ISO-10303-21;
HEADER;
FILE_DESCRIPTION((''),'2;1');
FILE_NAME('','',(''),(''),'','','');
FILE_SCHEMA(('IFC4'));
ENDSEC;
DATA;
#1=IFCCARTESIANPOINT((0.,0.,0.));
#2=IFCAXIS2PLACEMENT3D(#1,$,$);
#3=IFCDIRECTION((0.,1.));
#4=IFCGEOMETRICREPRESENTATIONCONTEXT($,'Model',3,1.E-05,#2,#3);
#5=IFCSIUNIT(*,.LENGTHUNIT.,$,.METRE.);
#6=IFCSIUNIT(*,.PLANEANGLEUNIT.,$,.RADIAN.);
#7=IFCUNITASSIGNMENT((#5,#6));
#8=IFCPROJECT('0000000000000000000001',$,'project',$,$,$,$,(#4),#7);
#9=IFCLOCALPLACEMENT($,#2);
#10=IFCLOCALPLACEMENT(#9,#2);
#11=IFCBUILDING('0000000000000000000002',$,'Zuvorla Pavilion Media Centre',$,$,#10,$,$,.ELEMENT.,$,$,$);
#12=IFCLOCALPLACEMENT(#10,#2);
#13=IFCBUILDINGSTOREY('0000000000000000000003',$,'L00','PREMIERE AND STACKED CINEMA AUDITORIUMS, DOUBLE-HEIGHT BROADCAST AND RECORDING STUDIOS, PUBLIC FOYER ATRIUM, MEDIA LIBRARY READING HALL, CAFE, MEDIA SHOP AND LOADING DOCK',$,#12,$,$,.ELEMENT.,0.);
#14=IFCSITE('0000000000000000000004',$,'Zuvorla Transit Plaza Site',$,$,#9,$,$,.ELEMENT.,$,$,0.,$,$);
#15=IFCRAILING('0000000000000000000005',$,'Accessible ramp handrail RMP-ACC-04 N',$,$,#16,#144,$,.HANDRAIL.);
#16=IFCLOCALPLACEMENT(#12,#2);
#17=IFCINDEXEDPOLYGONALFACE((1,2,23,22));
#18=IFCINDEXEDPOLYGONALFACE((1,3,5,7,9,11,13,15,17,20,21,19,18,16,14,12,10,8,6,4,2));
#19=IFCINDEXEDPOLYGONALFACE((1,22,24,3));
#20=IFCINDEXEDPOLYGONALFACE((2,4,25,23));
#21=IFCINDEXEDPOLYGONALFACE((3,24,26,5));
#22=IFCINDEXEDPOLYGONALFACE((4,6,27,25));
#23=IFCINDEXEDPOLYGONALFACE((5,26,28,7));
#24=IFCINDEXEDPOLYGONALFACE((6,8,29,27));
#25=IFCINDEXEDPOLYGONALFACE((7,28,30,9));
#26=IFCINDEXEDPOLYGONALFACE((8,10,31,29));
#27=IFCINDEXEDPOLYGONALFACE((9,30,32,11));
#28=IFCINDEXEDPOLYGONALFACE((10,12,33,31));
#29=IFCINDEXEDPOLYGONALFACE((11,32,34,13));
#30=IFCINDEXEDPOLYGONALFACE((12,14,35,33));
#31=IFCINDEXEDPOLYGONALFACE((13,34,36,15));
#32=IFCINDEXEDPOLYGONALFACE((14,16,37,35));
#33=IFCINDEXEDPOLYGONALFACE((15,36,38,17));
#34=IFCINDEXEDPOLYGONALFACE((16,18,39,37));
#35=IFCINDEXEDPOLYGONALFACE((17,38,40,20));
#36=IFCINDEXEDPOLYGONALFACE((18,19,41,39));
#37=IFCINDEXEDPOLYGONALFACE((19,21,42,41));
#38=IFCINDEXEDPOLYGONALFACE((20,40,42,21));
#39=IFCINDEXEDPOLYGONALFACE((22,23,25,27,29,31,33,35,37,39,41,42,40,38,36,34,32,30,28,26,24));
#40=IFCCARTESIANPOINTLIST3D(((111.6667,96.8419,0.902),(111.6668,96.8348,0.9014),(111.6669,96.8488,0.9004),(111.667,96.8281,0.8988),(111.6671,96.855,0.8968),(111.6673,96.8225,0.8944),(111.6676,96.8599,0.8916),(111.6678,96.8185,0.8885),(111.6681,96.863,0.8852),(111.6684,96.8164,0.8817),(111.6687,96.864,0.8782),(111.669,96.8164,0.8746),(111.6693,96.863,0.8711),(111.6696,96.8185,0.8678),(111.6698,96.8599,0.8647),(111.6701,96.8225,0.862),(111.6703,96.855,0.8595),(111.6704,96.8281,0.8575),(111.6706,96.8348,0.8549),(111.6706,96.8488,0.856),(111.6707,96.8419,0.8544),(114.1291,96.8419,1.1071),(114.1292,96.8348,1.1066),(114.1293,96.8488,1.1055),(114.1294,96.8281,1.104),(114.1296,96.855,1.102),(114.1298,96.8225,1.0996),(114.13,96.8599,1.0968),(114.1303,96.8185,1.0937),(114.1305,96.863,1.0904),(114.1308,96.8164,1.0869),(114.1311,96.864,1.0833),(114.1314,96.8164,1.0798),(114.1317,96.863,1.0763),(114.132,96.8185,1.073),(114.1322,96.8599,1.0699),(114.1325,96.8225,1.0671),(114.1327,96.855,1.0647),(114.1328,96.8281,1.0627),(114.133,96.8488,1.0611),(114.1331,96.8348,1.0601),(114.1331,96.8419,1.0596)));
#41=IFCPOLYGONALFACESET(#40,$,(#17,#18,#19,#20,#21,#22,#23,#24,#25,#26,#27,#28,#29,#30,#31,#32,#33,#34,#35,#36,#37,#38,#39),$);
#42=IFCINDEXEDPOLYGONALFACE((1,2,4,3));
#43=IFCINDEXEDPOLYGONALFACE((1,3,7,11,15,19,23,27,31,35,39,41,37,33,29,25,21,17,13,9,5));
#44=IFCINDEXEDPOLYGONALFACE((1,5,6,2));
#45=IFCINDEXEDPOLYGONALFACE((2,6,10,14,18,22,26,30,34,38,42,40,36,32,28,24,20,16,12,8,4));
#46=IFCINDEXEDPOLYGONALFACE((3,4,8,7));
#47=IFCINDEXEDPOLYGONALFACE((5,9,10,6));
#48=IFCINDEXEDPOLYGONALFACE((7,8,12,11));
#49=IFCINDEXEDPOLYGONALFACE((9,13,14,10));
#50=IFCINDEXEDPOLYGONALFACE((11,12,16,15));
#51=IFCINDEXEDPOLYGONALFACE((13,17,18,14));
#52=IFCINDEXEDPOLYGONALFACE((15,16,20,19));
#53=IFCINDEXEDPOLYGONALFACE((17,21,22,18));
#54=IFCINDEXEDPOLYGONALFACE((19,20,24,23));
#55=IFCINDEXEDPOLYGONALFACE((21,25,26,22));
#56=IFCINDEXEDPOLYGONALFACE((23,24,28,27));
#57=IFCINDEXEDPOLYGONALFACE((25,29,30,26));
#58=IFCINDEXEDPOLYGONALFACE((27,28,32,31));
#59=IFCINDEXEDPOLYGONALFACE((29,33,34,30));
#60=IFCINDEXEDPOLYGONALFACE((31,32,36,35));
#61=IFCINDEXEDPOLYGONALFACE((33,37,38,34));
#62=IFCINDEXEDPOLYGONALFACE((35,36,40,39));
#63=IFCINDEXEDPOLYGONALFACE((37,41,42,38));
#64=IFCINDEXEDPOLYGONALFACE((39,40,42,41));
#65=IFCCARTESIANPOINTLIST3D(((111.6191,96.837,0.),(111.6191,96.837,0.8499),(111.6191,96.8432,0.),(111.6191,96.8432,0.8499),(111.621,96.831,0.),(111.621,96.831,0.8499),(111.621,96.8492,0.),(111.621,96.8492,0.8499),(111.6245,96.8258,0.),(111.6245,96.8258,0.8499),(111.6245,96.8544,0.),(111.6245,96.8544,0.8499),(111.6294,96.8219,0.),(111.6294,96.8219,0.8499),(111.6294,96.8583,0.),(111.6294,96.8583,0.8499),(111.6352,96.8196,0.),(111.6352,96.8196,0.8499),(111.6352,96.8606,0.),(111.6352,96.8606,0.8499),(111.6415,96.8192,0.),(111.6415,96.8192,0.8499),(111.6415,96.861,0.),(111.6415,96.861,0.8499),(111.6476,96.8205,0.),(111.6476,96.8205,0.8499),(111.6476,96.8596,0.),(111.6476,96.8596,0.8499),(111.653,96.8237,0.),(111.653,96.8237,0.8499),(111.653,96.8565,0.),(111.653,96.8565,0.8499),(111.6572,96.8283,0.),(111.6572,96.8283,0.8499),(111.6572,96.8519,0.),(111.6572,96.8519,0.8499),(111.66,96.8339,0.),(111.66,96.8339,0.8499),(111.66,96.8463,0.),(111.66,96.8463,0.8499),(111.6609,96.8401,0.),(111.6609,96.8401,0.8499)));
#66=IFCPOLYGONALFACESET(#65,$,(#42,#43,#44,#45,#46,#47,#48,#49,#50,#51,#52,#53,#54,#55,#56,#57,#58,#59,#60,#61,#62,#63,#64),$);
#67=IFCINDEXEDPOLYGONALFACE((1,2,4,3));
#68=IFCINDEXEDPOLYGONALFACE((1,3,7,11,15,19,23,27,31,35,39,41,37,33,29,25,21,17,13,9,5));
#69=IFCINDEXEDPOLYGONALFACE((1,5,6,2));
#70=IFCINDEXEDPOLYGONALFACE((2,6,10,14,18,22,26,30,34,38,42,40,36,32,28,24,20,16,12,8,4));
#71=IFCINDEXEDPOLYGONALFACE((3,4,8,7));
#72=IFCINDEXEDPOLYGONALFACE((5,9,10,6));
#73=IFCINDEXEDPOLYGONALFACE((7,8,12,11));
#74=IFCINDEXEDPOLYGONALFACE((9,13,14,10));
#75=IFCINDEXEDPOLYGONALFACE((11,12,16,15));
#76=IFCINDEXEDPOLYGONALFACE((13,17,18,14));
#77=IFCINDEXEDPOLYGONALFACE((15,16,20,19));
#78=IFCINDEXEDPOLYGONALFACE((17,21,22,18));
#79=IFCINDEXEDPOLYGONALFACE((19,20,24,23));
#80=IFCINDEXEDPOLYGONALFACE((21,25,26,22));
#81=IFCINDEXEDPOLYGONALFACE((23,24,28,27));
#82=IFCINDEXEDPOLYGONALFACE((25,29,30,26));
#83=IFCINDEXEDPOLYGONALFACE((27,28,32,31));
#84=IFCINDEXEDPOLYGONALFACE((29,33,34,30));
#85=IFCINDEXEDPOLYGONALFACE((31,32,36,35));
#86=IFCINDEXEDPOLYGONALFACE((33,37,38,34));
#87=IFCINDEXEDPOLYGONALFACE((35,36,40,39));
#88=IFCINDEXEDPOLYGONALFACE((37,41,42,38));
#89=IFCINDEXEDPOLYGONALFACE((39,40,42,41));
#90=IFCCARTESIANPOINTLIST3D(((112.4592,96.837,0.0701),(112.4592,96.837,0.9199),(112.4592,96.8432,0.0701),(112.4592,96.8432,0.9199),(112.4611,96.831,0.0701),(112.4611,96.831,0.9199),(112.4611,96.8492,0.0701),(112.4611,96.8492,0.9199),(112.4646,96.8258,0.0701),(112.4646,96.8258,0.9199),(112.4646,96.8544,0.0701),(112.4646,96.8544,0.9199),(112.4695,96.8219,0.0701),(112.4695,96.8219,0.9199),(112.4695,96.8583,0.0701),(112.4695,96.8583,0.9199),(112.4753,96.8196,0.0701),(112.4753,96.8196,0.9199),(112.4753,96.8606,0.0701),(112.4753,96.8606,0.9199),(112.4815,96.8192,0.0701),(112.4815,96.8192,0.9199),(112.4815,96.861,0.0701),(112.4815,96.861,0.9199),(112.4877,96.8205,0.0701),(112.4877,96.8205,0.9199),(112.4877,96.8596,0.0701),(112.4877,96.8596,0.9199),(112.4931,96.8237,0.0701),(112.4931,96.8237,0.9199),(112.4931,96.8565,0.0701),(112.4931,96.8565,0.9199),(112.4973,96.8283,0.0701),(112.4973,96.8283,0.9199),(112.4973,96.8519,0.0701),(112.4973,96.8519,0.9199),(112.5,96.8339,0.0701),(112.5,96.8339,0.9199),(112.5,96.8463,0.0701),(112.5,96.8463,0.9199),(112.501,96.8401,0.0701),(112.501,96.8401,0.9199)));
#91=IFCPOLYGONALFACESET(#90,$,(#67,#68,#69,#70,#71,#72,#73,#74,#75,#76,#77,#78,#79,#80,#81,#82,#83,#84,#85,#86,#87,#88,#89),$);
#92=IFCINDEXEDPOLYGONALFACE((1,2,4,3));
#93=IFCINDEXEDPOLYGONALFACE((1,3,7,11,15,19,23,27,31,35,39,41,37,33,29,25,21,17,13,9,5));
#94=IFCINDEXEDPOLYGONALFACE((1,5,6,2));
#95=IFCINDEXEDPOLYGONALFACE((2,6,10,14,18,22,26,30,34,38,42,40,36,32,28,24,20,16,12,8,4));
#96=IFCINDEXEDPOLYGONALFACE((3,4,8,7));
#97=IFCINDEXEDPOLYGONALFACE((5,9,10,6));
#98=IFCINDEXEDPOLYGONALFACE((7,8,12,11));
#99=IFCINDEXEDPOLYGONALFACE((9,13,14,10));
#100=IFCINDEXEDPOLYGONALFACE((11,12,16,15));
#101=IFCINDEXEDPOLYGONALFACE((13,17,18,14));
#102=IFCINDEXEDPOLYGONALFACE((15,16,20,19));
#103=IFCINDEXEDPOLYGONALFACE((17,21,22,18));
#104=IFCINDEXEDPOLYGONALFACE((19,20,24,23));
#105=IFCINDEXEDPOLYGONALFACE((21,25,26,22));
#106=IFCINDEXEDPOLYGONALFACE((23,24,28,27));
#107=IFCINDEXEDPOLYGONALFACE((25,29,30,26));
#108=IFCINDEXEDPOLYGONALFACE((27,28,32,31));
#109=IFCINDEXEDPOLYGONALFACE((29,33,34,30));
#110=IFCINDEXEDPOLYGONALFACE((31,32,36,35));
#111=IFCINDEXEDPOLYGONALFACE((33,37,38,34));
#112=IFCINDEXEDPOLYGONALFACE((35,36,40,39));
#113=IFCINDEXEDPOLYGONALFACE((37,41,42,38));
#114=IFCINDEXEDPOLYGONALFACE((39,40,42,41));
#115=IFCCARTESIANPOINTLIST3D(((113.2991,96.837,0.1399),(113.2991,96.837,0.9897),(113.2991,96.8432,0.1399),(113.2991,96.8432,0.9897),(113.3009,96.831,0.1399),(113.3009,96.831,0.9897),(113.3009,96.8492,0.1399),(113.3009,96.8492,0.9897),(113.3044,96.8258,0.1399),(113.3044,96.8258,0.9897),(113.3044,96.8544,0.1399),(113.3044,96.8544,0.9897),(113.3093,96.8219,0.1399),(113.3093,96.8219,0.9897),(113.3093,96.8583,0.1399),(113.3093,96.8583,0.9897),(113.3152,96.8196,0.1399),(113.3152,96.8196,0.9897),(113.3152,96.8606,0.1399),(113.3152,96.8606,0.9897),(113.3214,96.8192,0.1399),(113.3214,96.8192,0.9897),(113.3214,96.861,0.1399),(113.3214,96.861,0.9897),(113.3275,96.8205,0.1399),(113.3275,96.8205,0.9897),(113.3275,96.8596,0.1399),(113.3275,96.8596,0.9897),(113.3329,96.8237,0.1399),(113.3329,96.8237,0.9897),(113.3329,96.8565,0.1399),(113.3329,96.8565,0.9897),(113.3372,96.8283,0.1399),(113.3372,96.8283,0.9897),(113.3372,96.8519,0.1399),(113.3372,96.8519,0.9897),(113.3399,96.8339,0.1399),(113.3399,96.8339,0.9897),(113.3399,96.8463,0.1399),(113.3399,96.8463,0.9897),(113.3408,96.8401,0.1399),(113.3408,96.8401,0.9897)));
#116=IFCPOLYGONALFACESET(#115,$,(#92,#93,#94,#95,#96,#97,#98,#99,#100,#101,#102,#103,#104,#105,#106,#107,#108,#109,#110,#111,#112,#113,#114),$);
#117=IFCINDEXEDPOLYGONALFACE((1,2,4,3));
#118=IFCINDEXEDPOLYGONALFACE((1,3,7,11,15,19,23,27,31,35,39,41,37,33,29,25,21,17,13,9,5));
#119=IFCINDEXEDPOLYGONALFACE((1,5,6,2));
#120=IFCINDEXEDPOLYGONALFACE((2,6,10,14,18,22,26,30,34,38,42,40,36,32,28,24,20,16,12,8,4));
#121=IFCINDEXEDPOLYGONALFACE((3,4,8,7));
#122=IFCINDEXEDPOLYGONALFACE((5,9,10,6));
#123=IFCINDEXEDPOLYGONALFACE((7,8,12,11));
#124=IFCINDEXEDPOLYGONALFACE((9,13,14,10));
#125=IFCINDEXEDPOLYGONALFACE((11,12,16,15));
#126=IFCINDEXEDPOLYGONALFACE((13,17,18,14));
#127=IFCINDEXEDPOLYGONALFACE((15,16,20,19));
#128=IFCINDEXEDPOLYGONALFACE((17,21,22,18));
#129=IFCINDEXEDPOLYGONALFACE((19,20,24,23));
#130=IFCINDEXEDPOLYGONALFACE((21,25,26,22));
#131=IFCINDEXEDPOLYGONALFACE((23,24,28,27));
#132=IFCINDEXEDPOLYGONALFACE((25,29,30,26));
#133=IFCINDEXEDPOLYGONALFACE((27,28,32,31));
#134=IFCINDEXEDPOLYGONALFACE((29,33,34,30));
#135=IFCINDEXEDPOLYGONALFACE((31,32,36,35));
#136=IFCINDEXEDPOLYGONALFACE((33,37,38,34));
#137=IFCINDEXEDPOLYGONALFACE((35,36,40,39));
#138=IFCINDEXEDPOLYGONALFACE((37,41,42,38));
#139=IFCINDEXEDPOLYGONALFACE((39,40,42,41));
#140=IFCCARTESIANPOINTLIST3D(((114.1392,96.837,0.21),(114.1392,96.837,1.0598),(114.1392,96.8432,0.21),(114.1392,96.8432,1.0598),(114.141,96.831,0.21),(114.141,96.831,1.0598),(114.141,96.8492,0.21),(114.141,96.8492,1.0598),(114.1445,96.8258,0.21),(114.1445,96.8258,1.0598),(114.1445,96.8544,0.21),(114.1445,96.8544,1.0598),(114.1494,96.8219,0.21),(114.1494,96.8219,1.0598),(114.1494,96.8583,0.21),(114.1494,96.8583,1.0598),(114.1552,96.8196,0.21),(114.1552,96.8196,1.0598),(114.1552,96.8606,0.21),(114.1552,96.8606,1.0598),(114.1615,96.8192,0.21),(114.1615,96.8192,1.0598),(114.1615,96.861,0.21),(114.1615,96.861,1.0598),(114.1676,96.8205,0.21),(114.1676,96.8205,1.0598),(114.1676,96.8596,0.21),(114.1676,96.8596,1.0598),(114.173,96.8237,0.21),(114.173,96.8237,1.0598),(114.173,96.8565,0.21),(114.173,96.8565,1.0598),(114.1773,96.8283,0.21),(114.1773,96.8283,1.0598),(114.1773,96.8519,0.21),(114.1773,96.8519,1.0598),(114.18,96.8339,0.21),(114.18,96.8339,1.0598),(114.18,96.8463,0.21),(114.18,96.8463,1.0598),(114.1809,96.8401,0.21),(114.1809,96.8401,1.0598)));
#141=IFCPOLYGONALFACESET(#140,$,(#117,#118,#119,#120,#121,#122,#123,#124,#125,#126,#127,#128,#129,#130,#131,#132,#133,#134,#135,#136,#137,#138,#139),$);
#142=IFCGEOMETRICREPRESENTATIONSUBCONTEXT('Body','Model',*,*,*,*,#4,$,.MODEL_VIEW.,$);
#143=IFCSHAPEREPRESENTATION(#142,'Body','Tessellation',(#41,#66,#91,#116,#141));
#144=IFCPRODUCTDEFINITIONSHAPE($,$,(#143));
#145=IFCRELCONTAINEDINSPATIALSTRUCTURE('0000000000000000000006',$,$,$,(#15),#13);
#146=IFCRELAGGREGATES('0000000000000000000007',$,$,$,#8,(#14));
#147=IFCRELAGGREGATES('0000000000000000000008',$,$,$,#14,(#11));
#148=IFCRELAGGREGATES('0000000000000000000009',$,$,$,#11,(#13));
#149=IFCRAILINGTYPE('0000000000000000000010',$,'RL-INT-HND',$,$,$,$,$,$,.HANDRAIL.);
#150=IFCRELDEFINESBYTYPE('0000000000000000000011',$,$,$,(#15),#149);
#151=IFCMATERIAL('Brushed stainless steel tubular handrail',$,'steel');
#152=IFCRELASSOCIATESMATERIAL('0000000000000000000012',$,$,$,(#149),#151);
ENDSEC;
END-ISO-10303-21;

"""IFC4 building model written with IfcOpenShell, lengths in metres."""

from ifc_helpers import new_model, si_unit, direction, frame, origin, origin_2d, place, context, subcontext, project, spatial, circle, extrude, material, type_object, element, save


model = new_model("IFC4")

# Units and contexts
model_context = context("Model", 3, precision=1e-05, world=origin(), true_north=direction((0.0, 1.0)))
body_context = subcontext(model_context, "Body", "Model", "MODEL_VIEW")
ifc_project = project(units=[si_unit("LENGTHUNIT", "METRE"), si_unit("PLANEANGLEUNIT", "RADIAN")], contexts=[model_context])

# Site, building, storey
site_placement = place(None, origin())
site = spatial("IfcSite", under=ifc_project, at=site_placement, Name="Zuvorla Transit Plaza Site", CompositionType="ELEMENT", RefElevation=0.0)
building_placement = place(site_placement, origin())
building = spatial("IfcBuilding", under=site, at=building_placement, Name="Zuvorla Pavilion Media Centre", CompositionType="ELEMENT")
storey_placement = place(building_placement, origin())
storey = spatial("IfcBuildingStorey", under=building, at=storey_placement, Name="L00", Description="PREMIERE AND STACKED CINEMA AUDITORIUMS, DOUBLE-HEIGHT BROADCAST AND RECORDING STUDIOS, PUBLIC FOYER ATRIUM, MEDIA LIBRARY READING HALL, CAFE, MEDIA SHOP AND LOADING DOCK", CompositionType="ELEMENT", Elevation=0.0)

# Railing
ifc_material_1 = material(Name="Brushed stainless steel tubular handrail", Category="steel")
railing_type = type_object("IfcRailingType", Name="RL-INT-HND", PredefinedType="HANDRAIL", material=ifc_material_1)
for number, where, name in (
    (1, (111.6399, 96.8401, 0.0), "Accessible ramp handrail RMP-ACC-04 N"),
):
    element("IfcRailing", number, at=place(storey_placement, frame(where)), inside=storey, type_object=railing_type, Name=name, PredefinedType="HANDRAIL", context=body_context, shape_type="SweptSolid", body=[
        extrude(circle(Radius=0.0239, at=origin_2d()), frame((0.0288, 0.0, 0.8782), z_axis=(0.996547, 0.0, 0.083029), x_axis=(0.0, 1.0, 0.0)), (0.0, 0.0, 1.0), 2.4709),
        extrude(circle(Radius=0.021, at=origin_2d()), origin(), (0.0, 0.0, 1.0), 0.8499),
        extrude(circle(Radius=0.021, at=origin_2d()), frame((0.8401, 0.0, 0.0701)), (0.0, 0.0, 1.0), 0.8499),
        extrude(circle(Radius=0.021, at=origin_2d()), frame((1.6799, 0.0, 0.1399)), (0.0, 0.0, 1.0), 0.8499),
        extrude(circle(Radius=0.021, at=origin_2d()), frame((2.52, 0.0, 0.21)), (0.0, 0.0, 1.0), 0.8499),
    ])

save(model, "model.ifc")
